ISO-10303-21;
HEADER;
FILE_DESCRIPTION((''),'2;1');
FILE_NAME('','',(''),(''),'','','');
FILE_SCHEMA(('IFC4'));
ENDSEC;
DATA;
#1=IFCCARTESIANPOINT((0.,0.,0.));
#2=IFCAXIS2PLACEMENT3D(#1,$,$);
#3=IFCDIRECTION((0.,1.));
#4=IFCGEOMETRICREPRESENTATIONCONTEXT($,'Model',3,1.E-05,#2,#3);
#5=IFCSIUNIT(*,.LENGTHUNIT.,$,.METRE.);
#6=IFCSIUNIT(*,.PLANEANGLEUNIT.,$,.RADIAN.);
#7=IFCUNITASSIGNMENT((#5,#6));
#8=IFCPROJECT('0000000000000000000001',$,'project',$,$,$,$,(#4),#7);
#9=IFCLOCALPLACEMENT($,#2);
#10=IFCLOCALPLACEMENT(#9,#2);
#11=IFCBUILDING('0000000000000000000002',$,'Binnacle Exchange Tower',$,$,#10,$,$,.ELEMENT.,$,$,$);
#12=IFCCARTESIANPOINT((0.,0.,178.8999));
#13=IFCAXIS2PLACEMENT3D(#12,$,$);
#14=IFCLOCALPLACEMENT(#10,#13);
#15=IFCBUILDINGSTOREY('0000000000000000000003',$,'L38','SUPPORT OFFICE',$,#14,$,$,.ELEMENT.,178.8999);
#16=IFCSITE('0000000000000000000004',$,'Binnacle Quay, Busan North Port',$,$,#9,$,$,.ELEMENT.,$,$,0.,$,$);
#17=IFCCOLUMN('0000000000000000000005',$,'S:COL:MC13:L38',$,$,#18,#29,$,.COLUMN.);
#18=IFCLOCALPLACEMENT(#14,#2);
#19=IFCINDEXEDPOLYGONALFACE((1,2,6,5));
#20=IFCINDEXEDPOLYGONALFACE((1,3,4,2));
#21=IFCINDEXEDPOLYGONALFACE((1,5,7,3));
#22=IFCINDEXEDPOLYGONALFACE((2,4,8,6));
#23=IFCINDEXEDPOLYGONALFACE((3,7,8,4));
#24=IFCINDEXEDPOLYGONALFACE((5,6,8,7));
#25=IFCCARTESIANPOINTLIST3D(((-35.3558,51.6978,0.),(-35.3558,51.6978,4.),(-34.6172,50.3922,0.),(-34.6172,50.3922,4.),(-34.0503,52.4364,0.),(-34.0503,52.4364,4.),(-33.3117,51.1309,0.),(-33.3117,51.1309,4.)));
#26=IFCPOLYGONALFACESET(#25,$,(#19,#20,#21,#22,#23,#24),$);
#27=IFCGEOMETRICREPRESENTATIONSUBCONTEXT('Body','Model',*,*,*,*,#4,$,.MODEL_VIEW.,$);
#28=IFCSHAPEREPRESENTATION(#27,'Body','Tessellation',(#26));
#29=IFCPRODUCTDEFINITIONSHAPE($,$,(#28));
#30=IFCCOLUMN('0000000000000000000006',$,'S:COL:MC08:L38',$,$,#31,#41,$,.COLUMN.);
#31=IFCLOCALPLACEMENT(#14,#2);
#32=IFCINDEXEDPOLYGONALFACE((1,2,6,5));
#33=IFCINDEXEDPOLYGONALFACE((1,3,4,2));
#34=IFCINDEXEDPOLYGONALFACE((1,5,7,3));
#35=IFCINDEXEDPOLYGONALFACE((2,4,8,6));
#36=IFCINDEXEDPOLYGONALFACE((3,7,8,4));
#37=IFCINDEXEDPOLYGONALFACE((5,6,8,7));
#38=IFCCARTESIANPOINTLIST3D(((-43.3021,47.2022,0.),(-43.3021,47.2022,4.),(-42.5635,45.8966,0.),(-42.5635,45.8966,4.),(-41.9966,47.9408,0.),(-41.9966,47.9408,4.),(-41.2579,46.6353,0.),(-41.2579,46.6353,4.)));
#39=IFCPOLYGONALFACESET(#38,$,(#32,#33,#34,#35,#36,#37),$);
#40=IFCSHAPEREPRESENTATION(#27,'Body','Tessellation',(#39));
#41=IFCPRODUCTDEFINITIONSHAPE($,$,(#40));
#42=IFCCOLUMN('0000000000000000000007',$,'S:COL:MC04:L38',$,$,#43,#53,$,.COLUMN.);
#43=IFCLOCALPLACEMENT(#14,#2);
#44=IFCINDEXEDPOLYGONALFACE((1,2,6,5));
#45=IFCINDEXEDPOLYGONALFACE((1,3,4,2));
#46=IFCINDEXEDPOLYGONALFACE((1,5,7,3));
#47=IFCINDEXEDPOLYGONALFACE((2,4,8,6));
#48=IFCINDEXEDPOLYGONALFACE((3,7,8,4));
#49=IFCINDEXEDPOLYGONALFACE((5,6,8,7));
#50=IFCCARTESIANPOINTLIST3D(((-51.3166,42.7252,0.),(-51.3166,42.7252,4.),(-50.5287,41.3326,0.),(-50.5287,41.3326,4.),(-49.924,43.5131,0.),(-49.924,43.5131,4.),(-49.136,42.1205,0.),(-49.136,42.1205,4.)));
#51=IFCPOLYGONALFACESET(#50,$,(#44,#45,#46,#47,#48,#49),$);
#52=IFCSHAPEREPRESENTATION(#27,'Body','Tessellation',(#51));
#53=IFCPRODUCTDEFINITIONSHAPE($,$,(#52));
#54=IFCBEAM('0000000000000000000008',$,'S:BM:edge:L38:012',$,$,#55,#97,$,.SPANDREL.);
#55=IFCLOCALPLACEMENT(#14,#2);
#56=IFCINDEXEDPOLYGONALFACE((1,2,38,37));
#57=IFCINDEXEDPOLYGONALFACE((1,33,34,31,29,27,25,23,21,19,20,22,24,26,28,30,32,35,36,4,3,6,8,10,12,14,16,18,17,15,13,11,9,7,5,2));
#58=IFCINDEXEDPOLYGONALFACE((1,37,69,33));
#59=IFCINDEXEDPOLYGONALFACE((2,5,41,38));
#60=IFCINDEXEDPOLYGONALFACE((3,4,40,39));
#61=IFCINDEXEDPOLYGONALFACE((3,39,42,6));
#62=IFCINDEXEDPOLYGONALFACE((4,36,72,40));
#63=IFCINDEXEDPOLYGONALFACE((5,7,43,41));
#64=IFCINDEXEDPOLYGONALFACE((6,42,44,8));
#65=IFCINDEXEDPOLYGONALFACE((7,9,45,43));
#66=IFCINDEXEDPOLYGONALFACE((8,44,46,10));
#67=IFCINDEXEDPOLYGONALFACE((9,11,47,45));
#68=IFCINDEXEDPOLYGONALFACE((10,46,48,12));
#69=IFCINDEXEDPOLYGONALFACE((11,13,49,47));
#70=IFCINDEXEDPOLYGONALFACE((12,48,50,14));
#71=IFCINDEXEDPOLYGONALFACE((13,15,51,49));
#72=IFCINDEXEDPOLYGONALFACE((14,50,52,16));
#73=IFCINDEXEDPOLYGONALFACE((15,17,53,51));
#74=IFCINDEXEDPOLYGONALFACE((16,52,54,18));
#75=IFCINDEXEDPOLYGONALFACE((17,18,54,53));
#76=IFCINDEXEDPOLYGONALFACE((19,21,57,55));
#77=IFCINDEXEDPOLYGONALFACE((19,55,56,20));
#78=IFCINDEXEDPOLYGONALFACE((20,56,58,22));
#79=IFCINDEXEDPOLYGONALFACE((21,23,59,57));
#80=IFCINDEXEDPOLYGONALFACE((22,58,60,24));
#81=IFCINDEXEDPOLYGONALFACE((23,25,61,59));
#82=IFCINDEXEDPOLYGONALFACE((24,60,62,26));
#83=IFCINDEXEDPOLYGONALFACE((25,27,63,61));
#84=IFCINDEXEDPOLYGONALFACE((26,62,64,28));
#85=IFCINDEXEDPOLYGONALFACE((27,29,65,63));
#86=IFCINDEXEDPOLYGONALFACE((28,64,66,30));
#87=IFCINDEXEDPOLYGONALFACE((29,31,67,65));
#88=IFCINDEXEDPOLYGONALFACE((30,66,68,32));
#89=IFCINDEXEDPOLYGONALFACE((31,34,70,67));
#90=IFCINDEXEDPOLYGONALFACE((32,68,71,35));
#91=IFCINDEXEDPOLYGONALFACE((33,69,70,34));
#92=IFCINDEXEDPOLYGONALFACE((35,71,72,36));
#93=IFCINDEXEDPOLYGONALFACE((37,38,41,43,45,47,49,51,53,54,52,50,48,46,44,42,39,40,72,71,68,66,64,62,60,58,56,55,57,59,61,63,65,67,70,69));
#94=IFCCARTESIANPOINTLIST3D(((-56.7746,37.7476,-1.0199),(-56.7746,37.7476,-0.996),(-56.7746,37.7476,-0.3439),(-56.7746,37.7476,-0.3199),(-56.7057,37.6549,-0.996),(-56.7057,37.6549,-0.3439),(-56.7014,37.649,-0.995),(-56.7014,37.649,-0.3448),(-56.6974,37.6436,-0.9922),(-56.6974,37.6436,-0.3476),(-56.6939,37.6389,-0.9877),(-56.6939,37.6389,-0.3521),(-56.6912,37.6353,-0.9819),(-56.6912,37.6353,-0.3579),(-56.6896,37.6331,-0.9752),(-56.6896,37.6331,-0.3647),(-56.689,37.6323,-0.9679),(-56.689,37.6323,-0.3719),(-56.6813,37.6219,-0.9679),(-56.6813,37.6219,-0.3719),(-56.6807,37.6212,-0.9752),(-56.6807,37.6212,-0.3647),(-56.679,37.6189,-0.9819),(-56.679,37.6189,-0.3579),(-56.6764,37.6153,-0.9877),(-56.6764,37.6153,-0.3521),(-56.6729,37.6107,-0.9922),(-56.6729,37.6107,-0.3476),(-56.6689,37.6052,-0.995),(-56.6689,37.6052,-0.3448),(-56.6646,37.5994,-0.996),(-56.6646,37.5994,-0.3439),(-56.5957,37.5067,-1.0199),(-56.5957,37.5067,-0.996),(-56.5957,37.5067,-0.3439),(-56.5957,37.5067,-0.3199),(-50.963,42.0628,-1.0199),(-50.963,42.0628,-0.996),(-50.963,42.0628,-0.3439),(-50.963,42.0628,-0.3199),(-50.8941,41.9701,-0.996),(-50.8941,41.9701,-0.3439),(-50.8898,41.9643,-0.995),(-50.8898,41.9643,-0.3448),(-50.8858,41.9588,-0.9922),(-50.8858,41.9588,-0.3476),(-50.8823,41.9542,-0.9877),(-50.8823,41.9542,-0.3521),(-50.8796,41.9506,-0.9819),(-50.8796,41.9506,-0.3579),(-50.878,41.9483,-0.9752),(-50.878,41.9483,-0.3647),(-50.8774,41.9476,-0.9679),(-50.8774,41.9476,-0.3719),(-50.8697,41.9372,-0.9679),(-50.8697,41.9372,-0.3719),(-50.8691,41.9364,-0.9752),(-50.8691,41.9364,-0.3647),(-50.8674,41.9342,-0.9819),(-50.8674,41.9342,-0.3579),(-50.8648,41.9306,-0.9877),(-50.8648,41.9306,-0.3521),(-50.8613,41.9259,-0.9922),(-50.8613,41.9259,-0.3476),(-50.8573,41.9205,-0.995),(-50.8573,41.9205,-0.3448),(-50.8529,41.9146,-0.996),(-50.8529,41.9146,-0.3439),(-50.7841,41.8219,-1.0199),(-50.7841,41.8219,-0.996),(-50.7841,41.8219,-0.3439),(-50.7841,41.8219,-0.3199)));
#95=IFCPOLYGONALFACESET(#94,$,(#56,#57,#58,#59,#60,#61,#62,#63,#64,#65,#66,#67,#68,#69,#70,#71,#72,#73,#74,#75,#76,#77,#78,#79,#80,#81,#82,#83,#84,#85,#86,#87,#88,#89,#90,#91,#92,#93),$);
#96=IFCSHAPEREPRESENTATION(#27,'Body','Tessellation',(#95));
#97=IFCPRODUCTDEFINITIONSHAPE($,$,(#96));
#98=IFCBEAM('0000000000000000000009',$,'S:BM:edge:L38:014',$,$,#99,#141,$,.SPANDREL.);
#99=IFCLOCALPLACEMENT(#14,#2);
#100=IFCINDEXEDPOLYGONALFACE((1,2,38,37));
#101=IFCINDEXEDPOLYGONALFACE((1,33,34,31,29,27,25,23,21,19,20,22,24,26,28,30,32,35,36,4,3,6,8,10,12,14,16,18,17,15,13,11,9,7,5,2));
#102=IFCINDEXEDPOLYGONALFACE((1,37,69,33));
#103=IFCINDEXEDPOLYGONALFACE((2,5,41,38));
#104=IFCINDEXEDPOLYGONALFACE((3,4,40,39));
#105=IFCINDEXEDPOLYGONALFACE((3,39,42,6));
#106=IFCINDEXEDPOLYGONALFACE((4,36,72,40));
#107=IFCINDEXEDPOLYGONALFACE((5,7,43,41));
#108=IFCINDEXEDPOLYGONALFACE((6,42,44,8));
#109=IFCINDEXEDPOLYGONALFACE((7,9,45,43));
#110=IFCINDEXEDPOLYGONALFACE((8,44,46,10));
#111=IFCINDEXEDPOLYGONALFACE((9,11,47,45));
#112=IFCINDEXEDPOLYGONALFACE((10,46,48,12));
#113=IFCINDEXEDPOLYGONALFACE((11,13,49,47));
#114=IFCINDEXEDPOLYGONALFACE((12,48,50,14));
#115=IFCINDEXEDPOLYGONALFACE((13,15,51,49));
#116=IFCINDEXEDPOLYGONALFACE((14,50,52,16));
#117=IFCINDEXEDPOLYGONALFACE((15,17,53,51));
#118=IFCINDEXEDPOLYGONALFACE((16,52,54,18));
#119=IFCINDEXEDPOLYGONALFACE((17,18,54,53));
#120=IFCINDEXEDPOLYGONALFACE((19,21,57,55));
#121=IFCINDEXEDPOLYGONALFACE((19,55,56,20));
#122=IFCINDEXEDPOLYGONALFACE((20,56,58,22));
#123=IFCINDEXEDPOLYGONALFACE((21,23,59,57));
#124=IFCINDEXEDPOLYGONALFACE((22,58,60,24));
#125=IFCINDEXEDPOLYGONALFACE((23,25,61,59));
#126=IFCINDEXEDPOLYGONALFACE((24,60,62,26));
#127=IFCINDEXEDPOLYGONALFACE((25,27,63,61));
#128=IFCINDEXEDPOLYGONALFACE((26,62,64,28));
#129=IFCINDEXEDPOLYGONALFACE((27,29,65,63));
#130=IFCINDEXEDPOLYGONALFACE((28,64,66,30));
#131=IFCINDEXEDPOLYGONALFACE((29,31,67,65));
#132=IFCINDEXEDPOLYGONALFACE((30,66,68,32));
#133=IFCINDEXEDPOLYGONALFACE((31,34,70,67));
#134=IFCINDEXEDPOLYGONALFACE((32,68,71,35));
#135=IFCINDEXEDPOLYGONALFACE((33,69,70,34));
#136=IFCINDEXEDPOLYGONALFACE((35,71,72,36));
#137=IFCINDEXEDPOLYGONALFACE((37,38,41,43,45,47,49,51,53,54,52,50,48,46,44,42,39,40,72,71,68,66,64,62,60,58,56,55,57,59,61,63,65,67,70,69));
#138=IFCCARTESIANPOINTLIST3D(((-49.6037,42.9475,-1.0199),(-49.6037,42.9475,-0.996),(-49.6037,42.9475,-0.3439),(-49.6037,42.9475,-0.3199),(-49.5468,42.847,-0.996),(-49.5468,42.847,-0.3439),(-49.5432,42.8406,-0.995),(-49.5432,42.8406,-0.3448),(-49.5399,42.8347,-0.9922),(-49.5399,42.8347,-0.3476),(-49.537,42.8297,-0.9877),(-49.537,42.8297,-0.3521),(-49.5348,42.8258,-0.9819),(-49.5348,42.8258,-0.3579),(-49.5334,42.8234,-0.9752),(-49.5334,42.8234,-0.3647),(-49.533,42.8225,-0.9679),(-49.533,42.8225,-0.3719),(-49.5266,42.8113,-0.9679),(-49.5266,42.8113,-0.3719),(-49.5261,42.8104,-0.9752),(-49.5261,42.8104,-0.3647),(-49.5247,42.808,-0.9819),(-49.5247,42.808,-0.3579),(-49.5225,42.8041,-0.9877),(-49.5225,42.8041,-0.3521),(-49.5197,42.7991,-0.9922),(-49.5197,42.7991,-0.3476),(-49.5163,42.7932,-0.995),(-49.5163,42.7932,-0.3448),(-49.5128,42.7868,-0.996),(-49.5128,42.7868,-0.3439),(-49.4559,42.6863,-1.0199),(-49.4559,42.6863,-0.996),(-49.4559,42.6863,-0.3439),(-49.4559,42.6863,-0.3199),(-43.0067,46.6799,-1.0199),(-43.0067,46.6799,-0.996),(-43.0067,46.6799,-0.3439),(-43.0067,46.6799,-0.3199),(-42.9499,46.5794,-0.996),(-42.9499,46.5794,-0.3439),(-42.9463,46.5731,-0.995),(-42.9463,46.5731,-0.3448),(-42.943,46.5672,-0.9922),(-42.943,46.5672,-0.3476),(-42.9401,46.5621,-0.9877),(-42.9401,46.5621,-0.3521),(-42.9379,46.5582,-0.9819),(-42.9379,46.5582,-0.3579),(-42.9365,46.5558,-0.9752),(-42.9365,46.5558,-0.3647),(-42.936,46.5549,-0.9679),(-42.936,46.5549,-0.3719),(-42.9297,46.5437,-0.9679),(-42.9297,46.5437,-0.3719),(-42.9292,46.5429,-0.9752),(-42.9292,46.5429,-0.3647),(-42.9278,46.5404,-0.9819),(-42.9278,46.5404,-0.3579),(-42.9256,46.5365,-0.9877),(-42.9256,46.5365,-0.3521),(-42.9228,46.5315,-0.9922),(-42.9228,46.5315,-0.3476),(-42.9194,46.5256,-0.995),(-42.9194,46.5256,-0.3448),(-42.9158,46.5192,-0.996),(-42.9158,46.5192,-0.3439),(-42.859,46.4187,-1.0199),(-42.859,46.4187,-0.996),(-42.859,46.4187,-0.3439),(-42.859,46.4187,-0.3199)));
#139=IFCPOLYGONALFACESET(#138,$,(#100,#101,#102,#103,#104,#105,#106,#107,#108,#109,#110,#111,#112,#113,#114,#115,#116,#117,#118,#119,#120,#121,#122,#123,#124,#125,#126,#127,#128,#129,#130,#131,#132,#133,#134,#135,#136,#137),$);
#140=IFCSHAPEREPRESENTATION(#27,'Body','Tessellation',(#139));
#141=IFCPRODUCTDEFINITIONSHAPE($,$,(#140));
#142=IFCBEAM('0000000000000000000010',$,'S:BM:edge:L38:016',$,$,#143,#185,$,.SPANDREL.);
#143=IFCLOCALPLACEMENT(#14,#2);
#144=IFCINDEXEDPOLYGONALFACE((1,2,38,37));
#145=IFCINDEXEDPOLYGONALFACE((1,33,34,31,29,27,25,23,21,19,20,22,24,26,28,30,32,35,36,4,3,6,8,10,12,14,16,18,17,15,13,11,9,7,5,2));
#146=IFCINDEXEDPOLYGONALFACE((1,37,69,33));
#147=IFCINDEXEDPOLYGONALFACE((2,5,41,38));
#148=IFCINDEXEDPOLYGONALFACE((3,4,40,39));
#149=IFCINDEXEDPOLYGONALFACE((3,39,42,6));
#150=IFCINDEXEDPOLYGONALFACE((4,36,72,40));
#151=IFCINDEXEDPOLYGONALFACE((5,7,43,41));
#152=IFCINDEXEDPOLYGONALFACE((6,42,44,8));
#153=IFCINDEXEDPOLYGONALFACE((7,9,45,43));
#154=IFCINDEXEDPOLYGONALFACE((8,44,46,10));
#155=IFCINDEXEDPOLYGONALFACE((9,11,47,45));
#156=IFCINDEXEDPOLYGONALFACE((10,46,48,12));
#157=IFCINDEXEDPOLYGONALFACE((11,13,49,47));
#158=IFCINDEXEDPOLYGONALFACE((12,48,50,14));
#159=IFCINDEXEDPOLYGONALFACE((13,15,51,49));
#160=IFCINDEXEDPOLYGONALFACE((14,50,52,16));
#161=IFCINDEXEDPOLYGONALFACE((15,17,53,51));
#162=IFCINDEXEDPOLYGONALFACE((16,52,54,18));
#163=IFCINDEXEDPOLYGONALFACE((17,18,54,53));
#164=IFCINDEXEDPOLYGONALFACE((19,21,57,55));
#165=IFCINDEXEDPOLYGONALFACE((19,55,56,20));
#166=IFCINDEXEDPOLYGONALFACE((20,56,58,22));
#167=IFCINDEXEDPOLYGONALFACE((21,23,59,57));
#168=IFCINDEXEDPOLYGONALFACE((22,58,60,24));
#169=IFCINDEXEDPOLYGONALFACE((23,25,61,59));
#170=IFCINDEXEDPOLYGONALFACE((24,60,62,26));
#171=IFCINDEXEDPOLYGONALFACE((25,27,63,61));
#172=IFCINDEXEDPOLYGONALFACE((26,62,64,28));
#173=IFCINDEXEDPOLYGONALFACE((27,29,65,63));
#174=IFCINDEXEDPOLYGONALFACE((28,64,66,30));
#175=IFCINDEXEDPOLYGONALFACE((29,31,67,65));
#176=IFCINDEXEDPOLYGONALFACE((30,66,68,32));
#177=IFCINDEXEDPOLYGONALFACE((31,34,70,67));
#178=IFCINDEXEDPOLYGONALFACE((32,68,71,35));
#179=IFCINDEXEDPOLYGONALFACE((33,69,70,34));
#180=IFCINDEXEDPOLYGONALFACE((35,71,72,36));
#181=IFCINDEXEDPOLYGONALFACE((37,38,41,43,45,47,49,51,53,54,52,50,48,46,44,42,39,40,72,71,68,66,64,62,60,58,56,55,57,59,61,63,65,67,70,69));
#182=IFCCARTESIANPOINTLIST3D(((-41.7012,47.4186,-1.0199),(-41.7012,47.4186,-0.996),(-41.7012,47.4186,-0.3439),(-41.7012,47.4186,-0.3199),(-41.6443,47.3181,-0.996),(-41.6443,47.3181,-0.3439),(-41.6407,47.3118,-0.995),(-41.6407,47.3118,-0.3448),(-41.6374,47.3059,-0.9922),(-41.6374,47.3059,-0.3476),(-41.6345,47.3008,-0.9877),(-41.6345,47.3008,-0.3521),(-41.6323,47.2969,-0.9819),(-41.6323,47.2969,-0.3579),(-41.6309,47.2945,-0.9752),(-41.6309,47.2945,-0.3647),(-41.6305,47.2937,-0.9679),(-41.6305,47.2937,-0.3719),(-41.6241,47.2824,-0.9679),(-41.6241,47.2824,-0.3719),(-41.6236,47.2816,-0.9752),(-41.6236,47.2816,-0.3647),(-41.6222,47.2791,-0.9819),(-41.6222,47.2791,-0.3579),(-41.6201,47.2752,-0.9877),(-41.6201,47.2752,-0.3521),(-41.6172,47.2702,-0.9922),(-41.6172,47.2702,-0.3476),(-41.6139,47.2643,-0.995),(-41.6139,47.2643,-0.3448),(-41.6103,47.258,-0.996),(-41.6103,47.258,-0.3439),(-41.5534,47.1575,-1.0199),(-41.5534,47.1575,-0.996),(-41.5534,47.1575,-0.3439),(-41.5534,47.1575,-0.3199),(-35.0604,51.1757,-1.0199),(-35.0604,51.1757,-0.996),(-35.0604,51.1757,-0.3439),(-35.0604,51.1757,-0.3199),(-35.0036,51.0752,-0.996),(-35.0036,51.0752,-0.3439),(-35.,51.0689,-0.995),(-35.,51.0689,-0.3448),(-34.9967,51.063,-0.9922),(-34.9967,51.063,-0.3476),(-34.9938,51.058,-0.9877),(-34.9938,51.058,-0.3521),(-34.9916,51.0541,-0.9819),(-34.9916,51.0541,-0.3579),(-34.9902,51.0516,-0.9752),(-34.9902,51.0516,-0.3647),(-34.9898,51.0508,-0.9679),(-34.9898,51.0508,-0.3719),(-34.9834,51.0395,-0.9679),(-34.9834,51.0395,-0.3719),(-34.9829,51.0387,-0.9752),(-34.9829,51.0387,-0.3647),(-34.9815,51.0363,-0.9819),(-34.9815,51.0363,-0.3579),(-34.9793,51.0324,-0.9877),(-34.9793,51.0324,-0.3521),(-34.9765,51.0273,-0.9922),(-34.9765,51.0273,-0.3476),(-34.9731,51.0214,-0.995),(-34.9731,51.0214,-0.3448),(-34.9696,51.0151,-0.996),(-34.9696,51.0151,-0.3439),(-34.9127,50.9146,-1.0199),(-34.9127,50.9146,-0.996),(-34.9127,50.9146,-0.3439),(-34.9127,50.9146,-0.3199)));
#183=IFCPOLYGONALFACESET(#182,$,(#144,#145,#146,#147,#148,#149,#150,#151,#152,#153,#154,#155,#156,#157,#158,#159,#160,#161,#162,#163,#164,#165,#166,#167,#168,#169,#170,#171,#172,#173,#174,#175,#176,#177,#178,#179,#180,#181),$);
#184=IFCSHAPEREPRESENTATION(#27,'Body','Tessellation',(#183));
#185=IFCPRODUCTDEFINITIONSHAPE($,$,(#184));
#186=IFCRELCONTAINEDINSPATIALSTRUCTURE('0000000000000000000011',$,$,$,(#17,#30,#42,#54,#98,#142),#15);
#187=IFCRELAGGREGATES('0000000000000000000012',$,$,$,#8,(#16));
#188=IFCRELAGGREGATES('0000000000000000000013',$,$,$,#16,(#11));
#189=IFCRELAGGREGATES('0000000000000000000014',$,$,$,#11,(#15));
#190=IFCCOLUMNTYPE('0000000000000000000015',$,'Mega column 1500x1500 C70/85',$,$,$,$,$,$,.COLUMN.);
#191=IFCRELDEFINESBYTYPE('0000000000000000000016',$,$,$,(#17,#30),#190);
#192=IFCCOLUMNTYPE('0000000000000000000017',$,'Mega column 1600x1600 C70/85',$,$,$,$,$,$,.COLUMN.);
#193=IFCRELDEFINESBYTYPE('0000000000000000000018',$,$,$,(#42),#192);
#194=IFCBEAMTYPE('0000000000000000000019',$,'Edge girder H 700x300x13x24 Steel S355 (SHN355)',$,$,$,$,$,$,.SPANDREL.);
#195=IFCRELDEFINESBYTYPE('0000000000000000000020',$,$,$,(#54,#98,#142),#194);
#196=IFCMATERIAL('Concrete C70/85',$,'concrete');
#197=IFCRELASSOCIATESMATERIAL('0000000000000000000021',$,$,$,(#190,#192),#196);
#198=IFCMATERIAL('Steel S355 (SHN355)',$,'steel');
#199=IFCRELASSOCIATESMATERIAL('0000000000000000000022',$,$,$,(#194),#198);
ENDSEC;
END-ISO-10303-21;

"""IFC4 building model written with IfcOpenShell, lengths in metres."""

from ifc_helpers import new_model, si_unit, direction, frame, origin, origin_2d, place, context, subcontext, project, spatial, rectangle, i_section, extrude, material, material_profile, profile_set, type_object, element, save


model = new_model("IFC4")

# Units and contexts
model_context = context("Model", 3, precision=1e-05, world=origin(), true_north=direction((0.0, 1.0)))
body_context = subcontext(model_context, "Body", "Model", "MODEL_VIEW")
ifc_project = project(units=[si_unit("LENGTHUNIT", "METRE"), si_unit("PLANEANGLEUNIT", "RADIAN")], contexts=[model_context])

# Site, building, storey
site_placement = place(None, origin())
site = spatial("IfcSite", under=ifc_project, at=site_placement, Name="Binnacle Quay, Busan North Port", CompositionType="ELEMENT", RefElevation=0.0)
building_placement = place(site_placement, origin())
building = spatial("IfcBuilding", under=site, at=building_placement, Name="Binnacle Exchange Tower", CompositionType="ELEMENT")
storey_placement = place(building_placement, frame((0.0, 0.0, 178.8999)))
storey = spatial("IfcBuildingStorey", under=building, at=storey_placement, Name="L38", Description="SUPPORT OFFICE", CompositionType="ELEMENT", Elevation=178.8999)

# Columns
ifc_material_1 = material(Name="Concrete C70/85", Category="concrete")
ifc_material_profile_1 = material_profile(ifc_material_1, rectangle(XDim=1.5, YDim=1.5, at=origin_2d()), Name="Mega column 1500x1500 C70/85")
ifc_profile_set_1 = profile_set([ifc_material_profile_1], Name="Concrete C70/85")
column_type_1 = type_object("IfcColumnType", Name="Mega column 1500x1500 C70/85", PredefinedType="COLUMN", material=ifc_profile_set_1)
for number, where, z_axis, x_axis, name in (
    (1, (-34.3337, 51.4143, 0.0), (0.0, 0.0, 1.0), (-0.870356, -0.492424, 0.0), "S:COL:MC13:L38"),
    (2, (-42.28, 46.9187, 0.0), (0.0, 0.0, 1.0), (-0.870356, -0.492424, 0.0), "S:COL:MC08:L38"),
):
    element("IfcColumn", number, at=place(storey_placement, frame(where, z_axis=z_axis, x_axis=x_axis)), inside=storey, type_object=column_type_1, Name=name, PredefinedType="COLUMN", context=body_context, shape_type="SweptSolid", body=[
        extrude(rectangle(XDim=1.5, YDim=1.5, at=origin_2d()), origin(), (0.0, 0.0, 1.0), 4.0),
    ])
ifc_material_profile_2 = material_profile(ifc_material_1, rectangle(XDim=1.6001, YDim=1.6001, at=origin_2d()), Name="Mega column 1600x1600 C70/85")
ifc_profile_set_2 = profile_set([ifc_material_profile_2], Name="Concrete C70/85")
column_type_2 = type_object("IfcColumnType", Name="Mega column 1600x1600 C70/85", PredefinedType="COLUMN", material=ifc_profile_set_2)
column_placement = place(storey_placement, frame((-50.2263, 42.4229, 0.0), z_axis=(0.0, 0.0, 1.0), x_axis=(-0.870356, -0.492424, 0.0)))
element("IfcColumn", 3, at=column_placement, inside=storey, type_object=column_type_2, Name="S:COL:MC04:L38", PredefinedType="COLUMN", context=body_context, shape_type="SweptSolid", body=[
    extrude(rectangle(XDim=1.6001, YDim=1.6001, at=origin_2d()), origin(), (0.0, 0.0, 1.0), 4.0),
])

# Beams
ifc_material_2 = material(Name="Steel S355 (SHN355)", Category="steel")
ifc_material_profile_3 = material_profile(ifc_material_2, i_section(OverallWidth=0.3, OverallDepth=0.7, WebThickness=0.0129, FlangeThickness=0.0239, FilletRadius=0.0281, at=origin_2d()), Name="H 700x300x13x24")
ifc_profile_set_3 = profile_set([ifc_material_profile_3], Name="Steel S355 (SHN355)")
beam_type_1 = type_object("IfcBeamType", Name="Edge girder H 700x300x13x24 Steel S355 (SHN355)", PredefinedType="SPANDREL", material=ifc_profile_set_3)
beam_1_placement = place(storey_placement, frame((-50.8735, 41.9424, -0.6699), z_axis=(-0.802873, -0.596151, 0.0), x_axis=(0.596151, -0.802873, 0.0)))
element("IfcBeam", 4, at=beam_1_placement, inside=storey, type_object=beam_type_1, Name="S:BM:edge:L38:012", PredefinedType="SPANDREL", context=body_context, shape_type="SweptSolid", body=[
    extrude(i_section(OverallWidth=0.3, OverallDepth=0.7, WebThickness=0.0129, FlangeThickness=0.0239, FilletRadius=0.0281, at=origin_2d()), origin(), (0.0, 0.0, 1.0), 7.2385),
])
beam_2_placement = place(storey_placement, frame((-42.9329, 46.5493, -0.6699), z_axis=(-0.870352, -0.49243, 0.0), x_axis=(0.49243, -0.870352, 0.0)))
element("IfcBeam", 5, at=beam_2_placement, inside=storey, type_object=beam_type_1, Name="S:BM:edge:L38:014", PredefinedType="SPANDREL", context=body_context, shape_type="SweptSolid", body=[
    extrude(i_section(OverallWidth=0.3, OverallDepth=0.7, WebThickness=0.0129, FlangeThickness=0.0239, FilletRadius=0.0281, at=origin_2d()), origin(), (0.0, 0.0, 1.0), 7.5796),
])
beam_3_placement = place(storey_placement, frame((-34.9866, 51.0452, -0.6699), z_axis=(-0.870356, -0.492423, 0.0), x_axis=(0.492423, -0.870356, 0.0)))
element("IfcBeam", 6, at=beam_3_placement, inside=storey, type_object=beam_type_1, Name="S:BM:edge:L38:016", PredefinedType="SPANDREL", context=body_context, shape_type="SweptSolid", body=[
    extrude(i_section(OverallWidth=0.3, OverallDepth=0.7, WebThickness=0.0129, FlangeThickness=0.0239, FilletRadius=0.0281, at=origin_2d()), origin(), (0.0, 0.0, 1.0), 7.6299),
])

save(model, "model.ifc")
